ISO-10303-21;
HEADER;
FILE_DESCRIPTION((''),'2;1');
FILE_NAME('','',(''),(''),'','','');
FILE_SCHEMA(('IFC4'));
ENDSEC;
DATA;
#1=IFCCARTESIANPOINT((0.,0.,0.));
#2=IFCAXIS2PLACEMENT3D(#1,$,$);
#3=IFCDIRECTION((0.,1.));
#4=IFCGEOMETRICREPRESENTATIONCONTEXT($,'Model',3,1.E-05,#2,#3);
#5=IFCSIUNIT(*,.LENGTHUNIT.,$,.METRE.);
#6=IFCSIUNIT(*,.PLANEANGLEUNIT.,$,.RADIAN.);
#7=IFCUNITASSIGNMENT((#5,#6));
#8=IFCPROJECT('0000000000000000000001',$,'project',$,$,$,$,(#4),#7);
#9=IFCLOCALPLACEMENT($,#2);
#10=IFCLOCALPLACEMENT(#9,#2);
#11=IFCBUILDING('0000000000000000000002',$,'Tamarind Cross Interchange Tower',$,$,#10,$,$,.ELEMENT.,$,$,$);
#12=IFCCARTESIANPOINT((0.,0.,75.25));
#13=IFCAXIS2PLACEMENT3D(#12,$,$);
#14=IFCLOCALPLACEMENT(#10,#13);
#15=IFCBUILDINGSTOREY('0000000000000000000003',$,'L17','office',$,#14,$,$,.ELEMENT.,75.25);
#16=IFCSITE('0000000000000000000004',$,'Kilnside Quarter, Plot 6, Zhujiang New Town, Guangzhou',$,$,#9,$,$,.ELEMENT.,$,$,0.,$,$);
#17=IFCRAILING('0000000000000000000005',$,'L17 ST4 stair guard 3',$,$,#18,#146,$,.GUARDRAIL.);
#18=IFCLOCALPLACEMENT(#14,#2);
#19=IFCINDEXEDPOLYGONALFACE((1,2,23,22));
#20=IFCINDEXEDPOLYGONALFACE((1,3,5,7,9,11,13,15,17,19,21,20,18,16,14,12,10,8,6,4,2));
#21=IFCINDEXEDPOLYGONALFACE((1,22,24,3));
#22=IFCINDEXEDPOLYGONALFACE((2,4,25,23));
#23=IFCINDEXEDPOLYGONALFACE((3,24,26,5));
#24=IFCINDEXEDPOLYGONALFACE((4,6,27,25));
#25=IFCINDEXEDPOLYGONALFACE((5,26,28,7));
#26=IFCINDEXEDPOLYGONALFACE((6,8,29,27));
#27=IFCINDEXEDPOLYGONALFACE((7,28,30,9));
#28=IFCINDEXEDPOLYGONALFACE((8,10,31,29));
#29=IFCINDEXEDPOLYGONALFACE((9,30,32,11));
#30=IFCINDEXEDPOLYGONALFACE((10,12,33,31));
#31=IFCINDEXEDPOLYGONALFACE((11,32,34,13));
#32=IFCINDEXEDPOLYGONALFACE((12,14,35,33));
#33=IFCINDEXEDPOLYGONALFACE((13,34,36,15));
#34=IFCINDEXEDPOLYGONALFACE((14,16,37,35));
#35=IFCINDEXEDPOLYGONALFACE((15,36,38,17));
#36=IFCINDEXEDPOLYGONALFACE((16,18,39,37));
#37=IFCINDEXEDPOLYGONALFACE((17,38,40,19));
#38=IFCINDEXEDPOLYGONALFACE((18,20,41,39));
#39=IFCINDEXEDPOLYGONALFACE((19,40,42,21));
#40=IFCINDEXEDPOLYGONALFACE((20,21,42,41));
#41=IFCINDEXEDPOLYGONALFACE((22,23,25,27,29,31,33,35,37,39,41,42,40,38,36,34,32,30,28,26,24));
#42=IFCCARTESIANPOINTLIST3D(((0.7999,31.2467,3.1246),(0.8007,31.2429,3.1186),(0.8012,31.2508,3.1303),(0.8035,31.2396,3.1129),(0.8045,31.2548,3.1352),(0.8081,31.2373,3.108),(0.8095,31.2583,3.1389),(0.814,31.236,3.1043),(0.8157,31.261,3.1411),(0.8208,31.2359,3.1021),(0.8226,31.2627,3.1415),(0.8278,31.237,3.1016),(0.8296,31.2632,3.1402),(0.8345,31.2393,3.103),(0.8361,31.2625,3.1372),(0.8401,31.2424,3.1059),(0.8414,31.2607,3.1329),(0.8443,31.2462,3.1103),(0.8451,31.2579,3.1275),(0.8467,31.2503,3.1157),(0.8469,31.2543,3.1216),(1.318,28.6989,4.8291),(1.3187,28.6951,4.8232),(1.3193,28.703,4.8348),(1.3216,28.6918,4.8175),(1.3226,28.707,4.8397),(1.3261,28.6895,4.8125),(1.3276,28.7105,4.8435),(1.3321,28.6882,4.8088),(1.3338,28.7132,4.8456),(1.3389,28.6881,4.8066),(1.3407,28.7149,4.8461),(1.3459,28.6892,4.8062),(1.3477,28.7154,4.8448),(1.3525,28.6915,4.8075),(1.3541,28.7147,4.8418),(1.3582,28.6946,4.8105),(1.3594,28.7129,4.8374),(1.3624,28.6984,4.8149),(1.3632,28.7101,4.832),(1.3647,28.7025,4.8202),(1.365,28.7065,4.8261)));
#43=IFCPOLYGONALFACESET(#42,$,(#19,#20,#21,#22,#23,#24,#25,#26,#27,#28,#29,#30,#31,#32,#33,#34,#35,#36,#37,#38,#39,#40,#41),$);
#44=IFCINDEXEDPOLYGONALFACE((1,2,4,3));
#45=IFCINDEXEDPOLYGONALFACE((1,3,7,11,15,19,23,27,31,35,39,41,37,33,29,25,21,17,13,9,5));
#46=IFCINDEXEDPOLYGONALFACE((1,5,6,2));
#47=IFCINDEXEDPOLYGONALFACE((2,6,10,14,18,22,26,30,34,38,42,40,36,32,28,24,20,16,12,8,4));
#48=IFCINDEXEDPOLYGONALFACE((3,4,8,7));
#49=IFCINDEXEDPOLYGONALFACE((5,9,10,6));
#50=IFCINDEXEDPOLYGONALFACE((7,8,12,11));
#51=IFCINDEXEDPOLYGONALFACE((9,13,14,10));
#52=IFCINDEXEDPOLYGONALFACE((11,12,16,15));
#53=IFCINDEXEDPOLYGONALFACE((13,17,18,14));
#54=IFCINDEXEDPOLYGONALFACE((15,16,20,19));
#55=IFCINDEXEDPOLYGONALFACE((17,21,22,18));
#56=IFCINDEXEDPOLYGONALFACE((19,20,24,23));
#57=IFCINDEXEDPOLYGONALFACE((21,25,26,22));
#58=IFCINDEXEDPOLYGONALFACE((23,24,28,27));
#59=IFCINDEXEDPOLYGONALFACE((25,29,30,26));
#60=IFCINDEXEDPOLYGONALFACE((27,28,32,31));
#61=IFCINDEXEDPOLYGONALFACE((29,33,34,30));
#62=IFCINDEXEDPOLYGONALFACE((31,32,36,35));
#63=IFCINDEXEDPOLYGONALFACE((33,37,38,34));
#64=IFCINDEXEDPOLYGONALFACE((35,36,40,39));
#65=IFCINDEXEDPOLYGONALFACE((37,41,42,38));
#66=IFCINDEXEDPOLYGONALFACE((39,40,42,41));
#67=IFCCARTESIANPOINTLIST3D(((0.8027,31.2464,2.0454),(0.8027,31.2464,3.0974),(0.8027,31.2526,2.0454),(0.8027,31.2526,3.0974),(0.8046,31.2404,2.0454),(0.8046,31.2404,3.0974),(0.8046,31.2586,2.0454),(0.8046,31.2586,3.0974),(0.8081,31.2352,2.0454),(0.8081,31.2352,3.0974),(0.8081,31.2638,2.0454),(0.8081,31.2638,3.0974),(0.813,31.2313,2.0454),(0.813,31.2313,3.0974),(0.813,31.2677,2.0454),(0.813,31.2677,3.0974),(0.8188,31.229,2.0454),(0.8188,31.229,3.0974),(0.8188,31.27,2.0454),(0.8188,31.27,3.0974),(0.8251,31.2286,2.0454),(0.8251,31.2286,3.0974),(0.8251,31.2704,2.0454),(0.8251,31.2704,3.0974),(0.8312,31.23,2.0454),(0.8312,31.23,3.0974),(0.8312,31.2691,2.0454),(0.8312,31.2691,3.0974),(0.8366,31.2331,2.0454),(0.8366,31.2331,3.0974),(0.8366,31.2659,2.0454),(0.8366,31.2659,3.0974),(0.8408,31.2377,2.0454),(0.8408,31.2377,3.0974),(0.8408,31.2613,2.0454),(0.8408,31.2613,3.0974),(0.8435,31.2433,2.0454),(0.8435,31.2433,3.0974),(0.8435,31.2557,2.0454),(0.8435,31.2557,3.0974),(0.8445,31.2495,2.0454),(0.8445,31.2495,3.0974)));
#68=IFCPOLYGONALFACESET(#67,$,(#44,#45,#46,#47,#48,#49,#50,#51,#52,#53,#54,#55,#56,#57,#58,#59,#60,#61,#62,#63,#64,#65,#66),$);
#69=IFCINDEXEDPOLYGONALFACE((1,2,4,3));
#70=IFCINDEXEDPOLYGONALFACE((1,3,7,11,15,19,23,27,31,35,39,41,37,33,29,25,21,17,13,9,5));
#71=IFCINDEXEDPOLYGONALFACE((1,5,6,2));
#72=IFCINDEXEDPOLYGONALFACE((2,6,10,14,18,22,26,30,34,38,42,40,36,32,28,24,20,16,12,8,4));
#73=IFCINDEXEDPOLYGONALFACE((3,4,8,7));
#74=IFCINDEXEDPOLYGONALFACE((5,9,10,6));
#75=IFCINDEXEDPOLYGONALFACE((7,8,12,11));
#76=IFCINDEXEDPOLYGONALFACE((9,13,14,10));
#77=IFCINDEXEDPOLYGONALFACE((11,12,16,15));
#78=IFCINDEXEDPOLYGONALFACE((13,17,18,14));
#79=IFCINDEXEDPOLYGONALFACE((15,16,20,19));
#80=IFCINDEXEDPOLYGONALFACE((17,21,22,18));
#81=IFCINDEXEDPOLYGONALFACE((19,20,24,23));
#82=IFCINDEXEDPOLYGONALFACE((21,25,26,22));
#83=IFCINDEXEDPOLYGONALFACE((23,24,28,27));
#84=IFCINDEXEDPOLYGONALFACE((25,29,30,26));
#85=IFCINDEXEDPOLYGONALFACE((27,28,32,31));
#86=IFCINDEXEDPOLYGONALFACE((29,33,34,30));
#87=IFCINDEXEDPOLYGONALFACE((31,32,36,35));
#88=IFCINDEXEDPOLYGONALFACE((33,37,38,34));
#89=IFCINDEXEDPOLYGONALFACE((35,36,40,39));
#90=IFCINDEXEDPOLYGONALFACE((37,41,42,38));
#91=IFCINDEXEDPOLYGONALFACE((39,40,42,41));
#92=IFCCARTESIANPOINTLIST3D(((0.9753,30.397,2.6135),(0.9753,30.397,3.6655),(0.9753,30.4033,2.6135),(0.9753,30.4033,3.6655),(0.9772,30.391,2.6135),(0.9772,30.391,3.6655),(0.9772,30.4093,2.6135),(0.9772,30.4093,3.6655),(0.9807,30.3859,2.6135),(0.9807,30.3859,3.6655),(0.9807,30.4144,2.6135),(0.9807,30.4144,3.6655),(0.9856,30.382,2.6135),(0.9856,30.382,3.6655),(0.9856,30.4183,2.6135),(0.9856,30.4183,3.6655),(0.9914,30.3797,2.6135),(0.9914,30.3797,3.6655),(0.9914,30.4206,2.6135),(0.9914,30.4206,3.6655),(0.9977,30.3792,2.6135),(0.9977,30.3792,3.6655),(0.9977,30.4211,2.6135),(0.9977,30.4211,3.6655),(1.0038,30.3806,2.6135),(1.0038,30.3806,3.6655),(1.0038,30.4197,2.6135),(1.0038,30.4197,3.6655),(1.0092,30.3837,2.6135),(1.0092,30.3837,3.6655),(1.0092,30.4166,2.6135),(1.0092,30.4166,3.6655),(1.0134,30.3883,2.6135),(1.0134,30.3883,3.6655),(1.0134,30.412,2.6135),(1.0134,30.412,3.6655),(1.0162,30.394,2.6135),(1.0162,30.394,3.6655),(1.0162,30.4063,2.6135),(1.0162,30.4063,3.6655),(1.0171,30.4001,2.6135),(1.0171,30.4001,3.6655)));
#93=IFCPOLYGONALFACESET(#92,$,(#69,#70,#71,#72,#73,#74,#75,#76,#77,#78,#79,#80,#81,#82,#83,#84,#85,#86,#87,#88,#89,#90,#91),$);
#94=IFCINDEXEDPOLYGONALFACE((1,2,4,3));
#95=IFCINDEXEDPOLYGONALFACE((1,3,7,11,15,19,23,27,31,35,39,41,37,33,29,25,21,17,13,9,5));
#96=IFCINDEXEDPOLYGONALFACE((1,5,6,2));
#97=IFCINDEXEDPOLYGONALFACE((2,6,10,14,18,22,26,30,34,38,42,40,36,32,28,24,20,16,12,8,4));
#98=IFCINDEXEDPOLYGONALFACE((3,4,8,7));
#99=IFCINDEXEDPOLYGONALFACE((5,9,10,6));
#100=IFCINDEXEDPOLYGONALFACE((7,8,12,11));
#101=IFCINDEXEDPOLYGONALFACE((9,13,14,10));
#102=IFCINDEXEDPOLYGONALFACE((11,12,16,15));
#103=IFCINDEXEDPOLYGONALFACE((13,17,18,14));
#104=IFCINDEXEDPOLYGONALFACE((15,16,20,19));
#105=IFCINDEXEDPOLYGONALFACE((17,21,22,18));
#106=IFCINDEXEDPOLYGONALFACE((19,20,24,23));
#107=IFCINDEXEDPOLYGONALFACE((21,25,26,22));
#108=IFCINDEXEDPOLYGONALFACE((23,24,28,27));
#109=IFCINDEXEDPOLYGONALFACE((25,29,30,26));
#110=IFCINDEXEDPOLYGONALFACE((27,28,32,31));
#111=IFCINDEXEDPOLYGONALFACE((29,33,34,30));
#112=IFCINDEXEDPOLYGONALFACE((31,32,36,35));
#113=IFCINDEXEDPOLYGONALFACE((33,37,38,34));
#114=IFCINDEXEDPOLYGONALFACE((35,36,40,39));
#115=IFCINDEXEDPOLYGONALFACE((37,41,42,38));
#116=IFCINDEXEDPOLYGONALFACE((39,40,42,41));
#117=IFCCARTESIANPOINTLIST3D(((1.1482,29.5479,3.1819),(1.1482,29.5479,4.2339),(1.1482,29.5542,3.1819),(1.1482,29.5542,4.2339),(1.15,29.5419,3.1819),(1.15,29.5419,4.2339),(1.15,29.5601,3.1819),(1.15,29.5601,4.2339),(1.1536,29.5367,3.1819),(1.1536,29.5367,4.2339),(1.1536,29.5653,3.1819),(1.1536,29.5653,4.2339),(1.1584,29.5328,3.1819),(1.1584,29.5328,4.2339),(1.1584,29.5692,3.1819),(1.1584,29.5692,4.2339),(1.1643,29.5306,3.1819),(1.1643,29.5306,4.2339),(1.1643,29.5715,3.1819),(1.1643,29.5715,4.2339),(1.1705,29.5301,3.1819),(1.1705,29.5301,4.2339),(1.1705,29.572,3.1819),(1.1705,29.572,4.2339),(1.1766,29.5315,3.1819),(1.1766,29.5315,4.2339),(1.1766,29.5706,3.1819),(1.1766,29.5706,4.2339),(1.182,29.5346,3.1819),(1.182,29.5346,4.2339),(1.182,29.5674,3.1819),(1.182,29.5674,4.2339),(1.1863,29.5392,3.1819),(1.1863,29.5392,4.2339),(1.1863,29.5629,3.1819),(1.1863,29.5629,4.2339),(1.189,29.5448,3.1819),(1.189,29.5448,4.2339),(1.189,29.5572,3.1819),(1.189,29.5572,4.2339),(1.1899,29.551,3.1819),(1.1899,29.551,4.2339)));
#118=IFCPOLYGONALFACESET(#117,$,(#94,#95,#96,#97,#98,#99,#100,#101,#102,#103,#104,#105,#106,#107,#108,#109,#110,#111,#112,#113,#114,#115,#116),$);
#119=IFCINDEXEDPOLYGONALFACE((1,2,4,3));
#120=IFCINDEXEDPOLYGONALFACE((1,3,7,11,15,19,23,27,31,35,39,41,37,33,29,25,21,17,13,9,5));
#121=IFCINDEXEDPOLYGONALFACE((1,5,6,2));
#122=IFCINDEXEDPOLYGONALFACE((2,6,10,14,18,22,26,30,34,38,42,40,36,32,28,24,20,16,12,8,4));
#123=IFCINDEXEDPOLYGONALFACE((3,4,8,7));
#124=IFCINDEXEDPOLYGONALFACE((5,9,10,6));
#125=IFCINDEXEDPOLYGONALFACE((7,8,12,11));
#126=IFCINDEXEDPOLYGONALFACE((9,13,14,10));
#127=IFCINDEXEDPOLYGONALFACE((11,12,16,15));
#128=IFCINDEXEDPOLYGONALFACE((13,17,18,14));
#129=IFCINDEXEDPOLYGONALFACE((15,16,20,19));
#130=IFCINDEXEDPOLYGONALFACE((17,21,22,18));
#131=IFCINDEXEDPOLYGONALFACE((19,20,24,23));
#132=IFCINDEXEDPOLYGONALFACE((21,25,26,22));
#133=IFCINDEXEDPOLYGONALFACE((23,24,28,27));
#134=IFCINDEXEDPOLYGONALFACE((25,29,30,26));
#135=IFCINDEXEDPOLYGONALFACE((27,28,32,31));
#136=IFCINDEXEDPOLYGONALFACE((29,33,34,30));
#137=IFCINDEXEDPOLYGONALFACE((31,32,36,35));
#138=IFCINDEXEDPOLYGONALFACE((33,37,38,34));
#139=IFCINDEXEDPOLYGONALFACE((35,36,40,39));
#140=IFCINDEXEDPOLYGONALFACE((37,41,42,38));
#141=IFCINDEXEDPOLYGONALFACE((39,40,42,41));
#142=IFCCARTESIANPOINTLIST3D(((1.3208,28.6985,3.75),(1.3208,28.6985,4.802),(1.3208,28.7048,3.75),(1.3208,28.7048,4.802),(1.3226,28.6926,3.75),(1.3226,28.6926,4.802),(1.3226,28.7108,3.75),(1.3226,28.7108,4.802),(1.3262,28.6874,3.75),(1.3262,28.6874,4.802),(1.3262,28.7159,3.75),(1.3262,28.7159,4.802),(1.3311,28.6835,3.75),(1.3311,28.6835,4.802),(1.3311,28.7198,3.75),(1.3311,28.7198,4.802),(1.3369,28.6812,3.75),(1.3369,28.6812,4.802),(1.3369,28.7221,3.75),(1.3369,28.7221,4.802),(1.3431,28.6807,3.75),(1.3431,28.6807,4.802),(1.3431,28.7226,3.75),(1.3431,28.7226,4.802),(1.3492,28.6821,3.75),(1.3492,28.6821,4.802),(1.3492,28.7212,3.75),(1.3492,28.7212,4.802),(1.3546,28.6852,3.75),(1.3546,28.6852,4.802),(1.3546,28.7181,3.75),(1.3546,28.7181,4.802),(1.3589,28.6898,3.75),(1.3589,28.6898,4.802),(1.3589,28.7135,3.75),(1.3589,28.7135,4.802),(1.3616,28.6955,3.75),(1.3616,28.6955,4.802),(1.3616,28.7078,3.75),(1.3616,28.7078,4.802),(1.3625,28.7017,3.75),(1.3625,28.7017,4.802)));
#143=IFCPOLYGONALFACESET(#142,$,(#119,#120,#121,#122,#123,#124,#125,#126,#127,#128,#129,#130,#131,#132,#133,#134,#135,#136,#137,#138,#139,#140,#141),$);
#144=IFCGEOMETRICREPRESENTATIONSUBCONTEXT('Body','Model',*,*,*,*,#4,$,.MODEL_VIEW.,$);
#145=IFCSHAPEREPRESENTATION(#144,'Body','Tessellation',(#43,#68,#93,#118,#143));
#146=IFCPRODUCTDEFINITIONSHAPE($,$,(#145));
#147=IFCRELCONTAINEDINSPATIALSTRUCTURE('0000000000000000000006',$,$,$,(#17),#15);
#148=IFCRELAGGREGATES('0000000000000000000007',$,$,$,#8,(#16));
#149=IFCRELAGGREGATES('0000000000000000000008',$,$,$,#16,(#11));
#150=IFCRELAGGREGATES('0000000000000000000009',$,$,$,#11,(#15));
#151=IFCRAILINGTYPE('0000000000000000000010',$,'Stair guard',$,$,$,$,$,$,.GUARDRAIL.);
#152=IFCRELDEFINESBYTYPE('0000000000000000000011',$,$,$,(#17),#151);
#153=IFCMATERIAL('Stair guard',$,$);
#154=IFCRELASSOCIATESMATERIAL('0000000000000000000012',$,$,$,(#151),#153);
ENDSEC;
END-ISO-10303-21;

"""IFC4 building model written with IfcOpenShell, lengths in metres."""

from ifc_helpers import new_model, si_unit, direction, frame, origin, origin_2d, place, context, subcontext, project, spatial, circle, extrude, material, type_object, element, save


model = new_model("IFC4")

# Units and contexts
model_context = context("Model", 3, precision=1e-05, world=origin(), true_north=direction((0.0, 1.0)))
body_context = subcontext(model_context, "Body", "Model", "MODEL_VIEW")
ifc_project = project(units=[si_unit("LENGTHUNIT", "METRE"), si_unit("PLANEANGLEUNIT", "RADIAN")], contexts=[model_context])

# Site, building, storey
site_placement = place(None, origin())
site = spatial("IfcSite", under=ifc_project, at=site_placement, Name="Kilnside Quarter, Plot 6, Zhujiang New Town, Guangzhou", CompositionType="ELEMENT", RefElevation=0.0)
building_placement = place(site_placement, origin())
building = spatial("IfcBuilding", under=site, at=building_placement, Name="Tamarind Cross Interchange Tower", CompositionType="ELEMENT")
storey_placement = place(building_placement, frame((0.0, 0.0, 75.25)))
storey = spatial("IfcBuildingStorey", under=building, at=storey_placement, Name="L17", Description="office", CompositionType="ELEMENT", Elevation=75.25)

# Railing
ifc_material_1 = material(Name="Stair guard")
railing_type_1 = type_object("IfcRailingType", Name="Stair guard", PredefinedType="GUARDRAIL", material=ifc_material_1)
railing_1_placement = place(storey_placement, frame((0.8235, 31.2495, 2.0454)))
element("IfcRailing", 1, at=railing_1_placement, inside=storey, type_object=railing_type_1, Name="L17 ST4 stair guard 3", PredefinedType="GUARDRAIL", context=body_context, shape_type="SweptSolid", body=[
    extrude(circle(Radius=0.0239, at=origin_2d()), frame((0.0, 0.0, 1.0762), z_axis=(0.166637, -0.819522, 0.548285), x_axis=(0.979947, 0.199257, 0.0)), (0.0, 0.0, 1.0), 3.1089),
    extrude(circle(Radius=0.021, at=origin_2d()), origin(), (0.0, 0.0, 1.0), 1.052),
    extrude(circle(Radius=0.021, at=origin_2d()), frame((0.1726, -0.8494, 0.5681)), (0.0, 0.0, 1.0), 1.052),
    extrude(circle(Radius=0.021, at=origin_2d()), frame((0.3455, -1.6985, 1.1365)), (0.0, 0.0, 1.0), 1.052),
    extrude(circle(Radius=0.021, at=origin_2d()), frame((0.5181, -2.5479, 1.7046)), (0.0, 0.0, 1.0), 1.052),
])

save(model, "model.ifc")
